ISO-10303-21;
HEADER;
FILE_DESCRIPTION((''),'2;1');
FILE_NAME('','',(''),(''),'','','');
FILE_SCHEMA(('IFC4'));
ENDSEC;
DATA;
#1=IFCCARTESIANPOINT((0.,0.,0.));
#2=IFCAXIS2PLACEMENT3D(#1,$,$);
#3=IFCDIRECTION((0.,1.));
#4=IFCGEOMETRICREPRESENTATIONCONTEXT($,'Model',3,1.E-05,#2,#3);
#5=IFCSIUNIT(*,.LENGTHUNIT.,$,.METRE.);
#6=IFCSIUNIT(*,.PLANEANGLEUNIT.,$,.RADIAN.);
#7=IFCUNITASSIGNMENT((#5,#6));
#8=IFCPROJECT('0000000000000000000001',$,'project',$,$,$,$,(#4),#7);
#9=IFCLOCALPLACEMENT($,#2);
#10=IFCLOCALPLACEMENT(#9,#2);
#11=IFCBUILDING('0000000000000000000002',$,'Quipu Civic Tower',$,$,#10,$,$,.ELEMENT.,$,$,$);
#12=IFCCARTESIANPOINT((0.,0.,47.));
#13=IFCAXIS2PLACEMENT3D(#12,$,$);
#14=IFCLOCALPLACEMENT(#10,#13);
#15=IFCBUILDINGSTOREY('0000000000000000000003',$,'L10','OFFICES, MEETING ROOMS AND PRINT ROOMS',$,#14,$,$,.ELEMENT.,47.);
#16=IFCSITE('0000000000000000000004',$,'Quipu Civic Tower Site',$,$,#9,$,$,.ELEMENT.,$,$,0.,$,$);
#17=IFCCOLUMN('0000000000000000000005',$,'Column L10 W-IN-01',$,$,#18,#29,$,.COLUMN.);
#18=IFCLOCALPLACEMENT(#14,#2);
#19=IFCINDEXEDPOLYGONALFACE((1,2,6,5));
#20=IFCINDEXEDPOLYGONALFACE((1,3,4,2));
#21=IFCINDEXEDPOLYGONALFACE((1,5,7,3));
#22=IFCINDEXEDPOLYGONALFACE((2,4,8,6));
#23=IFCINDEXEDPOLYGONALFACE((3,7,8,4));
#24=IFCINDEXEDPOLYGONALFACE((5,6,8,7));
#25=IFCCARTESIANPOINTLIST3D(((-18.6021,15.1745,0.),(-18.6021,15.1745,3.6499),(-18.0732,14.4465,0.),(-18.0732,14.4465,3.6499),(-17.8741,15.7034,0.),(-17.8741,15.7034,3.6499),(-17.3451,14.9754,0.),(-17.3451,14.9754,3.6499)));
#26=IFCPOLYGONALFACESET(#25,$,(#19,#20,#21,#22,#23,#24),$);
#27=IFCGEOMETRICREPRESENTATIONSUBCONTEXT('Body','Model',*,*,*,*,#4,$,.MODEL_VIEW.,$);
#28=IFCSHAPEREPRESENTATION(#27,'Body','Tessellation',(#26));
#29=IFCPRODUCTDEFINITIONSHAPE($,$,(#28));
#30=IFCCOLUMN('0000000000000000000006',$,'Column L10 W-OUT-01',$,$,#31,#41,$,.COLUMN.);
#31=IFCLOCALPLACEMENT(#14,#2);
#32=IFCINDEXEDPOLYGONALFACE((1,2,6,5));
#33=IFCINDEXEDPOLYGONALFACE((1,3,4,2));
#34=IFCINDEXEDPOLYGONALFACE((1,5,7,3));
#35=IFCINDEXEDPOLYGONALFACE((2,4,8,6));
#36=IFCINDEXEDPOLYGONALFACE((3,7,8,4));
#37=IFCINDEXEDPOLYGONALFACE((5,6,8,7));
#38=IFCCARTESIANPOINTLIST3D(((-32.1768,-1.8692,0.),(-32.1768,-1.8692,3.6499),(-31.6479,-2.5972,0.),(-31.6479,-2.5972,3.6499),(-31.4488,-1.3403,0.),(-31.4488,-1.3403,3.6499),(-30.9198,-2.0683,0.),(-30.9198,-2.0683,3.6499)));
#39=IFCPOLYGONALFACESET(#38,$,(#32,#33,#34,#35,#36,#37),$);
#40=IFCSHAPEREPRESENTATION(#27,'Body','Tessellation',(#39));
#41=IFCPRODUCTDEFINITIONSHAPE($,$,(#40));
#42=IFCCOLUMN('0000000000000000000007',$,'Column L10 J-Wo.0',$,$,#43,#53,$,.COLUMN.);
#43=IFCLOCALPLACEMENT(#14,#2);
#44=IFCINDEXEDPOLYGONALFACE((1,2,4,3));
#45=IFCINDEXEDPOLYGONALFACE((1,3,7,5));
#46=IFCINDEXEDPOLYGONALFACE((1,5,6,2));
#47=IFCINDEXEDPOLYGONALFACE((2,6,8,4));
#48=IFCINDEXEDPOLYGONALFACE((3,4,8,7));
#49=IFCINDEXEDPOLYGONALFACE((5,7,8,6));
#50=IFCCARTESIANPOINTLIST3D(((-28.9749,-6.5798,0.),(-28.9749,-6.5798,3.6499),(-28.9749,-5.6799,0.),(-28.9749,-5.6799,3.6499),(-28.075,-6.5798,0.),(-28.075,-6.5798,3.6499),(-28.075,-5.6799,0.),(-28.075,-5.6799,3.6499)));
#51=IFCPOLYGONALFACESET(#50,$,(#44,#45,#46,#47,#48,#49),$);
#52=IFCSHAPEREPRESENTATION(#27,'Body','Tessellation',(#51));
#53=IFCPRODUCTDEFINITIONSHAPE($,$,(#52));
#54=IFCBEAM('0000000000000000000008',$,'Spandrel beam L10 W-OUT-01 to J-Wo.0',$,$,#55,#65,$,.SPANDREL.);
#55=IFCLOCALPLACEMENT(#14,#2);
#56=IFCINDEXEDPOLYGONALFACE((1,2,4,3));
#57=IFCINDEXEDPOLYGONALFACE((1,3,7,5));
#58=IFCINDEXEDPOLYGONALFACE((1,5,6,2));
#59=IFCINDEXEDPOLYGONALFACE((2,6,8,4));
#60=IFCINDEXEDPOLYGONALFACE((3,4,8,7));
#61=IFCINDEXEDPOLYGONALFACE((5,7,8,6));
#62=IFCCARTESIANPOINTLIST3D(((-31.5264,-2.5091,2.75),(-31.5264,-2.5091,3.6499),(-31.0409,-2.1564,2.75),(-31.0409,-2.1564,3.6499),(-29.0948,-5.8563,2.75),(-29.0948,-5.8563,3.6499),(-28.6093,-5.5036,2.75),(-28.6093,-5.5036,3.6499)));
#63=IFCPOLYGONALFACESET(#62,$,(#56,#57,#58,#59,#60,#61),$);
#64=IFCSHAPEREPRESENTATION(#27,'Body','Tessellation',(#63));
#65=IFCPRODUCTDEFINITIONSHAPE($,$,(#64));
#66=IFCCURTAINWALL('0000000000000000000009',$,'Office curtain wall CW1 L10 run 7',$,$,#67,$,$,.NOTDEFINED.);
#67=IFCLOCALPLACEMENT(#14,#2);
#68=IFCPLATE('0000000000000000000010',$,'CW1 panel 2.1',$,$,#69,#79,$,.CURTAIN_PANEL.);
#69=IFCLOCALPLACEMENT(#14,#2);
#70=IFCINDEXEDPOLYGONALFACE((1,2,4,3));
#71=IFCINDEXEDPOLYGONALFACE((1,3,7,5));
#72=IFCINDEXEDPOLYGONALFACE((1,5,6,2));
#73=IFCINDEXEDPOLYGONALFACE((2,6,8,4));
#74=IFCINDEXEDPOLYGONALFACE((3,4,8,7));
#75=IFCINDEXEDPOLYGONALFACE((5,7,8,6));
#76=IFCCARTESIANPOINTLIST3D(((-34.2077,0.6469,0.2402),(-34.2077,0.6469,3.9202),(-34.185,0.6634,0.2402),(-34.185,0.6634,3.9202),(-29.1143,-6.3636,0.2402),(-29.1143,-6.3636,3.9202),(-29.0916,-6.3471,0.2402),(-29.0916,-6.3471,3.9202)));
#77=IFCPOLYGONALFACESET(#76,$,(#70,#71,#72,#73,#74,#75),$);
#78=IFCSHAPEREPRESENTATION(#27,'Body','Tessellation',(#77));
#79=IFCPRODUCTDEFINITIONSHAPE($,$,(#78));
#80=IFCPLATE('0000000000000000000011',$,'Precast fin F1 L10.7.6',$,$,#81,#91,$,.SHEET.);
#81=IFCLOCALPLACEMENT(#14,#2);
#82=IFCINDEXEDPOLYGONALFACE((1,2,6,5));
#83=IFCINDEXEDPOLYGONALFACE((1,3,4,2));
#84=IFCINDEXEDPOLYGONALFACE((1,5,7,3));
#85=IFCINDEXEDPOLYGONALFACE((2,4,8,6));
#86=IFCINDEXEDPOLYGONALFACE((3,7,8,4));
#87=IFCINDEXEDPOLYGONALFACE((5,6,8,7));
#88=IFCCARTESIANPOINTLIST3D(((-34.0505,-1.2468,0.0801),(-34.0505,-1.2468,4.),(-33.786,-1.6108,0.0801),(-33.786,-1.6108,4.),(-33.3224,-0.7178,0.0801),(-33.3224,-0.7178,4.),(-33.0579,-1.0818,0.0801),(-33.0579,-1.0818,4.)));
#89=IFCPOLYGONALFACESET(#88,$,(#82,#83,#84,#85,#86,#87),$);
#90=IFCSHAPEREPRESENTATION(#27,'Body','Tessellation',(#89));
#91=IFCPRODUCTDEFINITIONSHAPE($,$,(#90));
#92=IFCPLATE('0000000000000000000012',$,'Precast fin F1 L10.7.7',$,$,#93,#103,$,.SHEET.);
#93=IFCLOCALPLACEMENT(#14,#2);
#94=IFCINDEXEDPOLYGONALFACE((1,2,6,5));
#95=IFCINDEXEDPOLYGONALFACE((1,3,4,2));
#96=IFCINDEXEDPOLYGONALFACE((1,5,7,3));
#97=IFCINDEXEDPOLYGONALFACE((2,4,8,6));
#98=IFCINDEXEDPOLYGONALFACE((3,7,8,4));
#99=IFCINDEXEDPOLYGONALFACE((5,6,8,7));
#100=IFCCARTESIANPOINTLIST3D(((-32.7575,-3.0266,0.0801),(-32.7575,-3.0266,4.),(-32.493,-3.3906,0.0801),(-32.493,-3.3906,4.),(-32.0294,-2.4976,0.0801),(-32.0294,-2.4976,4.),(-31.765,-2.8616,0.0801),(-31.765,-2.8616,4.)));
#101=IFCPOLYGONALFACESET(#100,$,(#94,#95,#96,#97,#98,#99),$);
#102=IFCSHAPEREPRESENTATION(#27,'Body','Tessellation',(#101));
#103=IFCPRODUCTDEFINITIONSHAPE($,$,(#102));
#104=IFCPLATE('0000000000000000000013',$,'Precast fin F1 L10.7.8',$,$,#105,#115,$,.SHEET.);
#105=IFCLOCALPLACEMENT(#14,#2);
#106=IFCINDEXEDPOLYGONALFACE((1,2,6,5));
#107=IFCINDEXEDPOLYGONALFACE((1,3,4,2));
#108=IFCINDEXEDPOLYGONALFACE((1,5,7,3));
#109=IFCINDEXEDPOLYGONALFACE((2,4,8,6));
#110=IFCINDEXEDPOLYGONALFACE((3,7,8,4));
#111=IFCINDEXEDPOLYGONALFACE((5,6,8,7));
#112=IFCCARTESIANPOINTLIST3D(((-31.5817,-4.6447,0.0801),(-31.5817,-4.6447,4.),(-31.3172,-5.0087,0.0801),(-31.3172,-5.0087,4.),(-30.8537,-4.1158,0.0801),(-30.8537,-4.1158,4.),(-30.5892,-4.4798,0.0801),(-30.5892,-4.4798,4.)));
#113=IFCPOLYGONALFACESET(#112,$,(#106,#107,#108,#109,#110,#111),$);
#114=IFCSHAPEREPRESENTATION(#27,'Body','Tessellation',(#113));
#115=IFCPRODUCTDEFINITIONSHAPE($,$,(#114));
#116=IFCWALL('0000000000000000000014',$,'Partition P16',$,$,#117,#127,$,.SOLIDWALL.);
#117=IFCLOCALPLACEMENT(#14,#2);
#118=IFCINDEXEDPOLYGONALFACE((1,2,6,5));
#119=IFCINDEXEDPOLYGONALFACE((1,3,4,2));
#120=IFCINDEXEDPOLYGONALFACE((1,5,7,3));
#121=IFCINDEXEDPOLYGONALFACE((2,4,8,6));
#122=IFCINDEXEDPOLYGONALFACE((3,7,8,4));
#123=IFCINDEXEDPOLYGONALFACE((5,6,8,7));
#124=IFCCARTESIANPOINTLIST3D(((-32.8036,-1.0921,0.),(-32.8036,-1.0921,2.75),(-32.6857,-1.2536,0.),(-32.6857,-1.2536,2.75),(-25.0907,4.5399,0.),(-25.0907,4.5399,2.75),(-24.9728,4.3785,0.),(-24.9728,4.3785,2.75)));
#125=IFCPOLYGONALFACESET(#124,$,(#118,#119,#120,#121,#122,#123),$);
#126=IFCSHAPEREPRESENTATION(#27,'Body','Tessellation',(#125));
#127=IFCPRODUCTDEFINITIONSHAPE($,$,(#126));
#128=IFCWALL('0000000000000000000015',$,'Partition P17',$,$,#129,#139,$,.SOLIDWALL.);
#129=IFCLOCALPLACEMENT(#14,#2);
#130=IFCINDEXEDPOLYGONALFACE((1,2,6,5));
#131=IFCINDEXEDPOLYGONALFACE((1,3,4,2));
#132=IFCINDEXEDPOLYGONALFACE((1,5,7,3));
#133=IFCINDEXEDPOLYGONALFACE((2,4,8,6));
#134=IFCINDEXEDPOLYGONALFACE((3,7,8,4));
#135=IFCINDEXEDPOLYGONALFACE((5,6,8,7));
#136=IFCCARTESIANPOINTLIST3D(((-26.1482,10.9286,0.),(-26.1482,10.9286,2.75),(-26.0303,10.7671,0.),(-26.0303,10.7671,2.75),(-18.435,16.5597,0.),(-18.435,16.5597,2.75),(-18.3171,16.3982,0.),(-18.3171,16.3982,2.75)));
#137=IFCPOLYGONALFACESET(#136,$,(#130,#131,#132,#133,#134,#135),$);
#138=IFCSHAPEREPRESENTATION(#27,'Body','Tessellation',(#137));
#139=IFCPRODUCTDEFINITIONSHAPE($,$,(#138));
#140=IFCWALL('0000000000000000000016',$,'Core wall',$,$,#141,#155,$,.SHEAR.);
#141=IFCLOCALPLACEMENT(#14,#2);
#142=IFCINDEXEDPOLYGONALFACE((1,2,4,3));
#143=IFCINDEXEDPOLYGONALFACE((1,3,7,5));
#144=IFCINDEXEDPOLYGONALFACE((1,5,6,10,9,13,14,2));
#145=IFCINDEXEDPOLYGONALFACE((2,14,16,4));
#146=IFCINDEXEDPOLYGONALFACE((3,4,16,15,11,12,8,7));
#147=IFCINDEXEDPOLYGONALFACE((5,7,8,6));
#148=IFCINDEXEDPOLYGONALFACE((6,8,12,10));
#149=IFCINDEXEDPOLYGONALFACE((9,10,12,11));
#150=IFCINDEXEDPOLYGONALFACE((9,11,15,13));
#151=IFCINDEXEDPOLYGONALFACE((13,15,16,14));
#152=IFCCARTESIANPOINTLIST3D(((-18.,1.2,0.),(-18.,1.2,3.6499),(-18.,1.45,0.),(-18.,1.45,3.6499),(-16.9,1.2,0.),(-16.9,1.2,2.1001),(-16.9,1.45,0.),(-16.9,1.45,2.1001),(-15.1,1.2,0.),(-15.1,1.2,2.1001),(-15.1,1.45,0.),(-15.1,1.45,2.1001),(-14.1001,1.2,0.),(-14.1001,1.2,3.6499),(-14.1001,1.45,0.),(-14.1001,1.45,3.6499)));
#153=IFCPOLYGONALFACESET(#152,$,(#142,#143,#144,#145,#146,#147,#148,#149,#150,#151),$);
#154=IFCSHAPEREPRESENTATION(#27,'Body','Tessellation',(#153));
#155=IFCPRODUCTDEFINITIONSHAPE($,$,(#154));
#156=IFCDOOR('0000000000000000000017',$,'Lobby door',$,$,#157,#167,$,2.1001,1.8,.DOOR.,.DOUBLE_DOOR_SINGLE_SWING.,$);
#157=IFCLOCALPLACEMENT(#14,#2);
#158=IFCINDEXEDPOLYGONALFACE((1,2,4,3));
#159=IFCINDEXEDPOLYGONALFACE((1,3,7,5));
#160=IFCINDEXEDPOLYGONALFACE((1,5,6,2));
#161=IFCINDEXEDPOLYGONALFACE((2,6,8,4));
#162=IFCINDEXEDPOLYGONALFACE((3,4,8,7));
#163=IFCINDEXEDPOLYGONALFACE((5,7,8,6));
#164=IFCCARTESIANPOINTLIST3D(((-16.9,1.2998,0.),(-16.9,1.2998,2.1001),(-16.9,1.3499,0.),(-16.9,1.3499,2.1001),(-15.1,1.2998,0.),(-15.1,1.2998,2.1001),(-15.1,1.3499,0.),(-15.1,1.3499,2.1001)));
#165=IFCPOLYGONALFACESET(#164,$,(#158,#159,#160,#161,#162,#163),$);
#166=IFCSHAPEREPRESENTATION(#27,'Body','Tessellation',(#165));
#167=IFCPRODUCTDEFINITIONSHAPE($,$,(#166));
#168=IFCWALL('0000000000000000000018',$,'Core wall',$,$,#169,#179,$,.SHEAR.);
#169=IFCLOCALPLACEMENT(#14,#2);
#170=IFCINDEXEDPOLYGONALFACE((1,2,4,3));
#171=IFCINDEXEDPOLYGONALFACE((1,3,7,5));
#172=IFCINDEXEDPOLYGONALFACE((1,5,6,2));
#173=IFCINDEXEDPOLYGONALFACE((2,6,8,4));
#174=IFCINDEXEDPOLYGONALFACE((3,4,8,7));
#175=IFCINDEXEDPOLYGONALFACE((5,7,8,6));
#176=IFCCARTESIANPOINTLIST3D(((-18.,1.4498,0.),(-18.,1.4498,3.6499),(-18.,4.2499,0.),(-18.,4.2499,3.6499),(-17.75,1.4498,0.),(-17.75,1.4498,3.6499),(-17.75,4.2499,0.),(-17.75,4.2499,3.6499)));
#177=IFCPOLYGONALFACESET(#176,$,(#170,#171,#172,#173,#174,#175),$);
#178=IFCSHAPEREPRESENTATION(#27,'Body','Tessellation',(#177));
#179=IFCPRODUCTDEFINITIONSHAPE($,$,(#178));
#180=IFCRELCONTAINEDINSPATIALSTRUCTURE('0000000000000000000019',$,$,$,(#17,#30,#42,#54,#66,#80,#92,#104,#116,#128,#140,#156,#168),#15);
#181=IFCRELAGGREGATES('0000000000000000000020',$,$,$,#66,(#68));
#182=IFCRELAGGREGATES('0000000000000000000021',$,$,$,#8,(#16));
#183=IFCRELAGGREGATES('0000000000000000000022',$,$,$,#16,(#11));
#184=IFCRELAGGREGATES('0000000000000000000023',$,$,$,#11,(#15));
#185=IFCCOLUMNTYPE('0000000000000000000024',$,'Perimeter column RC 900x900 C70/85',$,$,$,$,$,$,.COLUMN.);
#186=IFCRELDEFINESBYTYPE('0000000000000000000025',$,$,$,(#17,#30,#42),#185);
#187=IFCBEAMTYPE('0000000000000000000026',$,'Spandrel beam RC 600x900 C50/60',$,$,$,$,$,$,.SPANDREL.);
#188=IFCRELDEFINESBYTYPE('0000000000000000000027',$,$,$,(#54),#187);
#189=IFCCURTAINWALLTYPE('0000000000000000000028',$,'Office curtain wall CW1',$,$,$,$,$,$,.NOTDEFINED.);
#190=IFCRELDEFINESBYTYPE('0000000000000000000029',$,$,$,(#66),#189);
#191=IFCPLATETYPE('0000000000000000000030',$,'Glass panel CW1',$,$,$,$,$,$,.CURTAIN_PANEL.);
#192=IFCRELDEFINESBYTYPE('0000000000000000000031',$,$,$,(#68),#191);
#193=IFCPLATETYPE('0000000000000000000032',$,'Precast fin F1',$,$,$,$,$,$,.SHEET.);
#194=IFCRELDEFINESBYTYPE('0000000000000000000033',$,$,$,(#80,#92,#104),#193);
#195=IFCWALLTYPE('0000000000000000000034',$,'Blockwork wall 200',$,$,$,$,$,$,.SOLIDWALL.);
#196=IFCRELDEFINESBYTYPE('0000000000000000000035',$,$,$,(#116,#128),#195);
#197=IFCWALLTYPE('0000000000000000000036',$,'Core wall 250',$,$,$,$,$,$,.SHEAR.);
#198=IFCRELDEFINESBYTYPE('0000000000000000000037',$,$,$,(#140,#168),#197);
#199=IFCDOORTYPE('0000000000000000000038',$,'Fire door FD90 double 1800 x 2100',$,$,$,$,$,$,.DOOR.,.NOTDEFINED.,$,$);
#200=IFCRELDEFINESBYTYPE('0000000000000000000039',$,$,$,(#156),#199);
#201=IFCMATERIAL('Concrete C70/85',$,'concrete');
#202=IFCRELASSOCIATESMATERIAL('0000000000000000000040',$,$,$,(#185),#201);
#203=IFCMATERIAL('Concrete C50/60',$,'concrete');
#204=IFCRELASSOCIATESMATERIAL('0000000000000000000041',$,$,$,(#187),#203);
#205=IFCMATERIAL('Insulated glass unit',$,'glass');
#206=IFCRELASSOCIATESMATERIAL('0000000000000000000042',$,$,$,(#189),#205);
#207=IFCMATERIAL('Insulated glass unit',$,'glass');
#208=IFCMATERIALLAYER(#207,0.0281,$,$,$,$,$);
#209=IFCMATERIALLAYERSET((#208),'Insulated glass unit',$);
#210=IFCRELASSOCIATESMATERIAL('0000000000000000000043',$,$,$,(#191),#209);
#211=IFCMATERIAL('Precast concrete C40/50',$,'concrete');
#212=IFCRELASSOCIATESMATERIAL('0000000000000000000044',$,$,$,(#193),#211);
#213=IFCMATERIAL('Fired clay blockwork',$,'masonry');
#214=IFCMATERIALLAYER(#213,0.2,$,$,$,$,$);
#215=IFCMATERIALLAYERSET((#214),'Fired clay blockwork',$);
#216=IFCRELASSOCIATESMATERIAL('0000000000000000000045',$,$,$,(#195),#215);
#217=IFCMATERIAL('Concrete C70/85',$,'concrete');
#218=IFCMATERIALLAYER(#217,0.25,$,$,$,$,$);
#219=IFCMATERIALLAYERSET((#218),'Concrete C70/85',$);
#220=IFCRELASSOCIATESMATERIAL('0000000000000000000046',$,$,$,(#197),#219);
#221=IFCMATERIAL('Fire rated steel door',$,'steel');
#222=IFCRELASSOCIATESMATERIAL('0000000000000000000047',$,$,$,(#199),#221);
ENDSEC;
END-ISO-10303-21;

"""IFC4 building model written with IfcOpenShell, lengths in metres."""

from ifc_helpers import new_model, si_unit, direction, frame, frame_2d, origin, origin_2d, place, context, subcontext, project, spatial, rectangle, extrude, material, layer, layer_set, material_profile, profile_set, type_object, element, fill, aggregate, save


model = new_model("IFC4")

# Units and contexts
model_context = context("Model", 3, precision=1e-05, world=origin(), true_north=direction((0.0, 1.0)))
body_context = subcontext(model_context, "Body", "Model", "MODEL_VIEW")
ifc_project = project(units=[si_unit("LENGTHUNIT", "METRE"), si_unit("PLANEANGLEUNIT", "RADIAN")], contexts=[model_context])

# Site, building, storey
site_placement = place(None, origin())
site = spatial("IfcSite", under=ifc_project, at=site_placement, Name="Quipu Civic Tower Site", CompositionType="ELEMENT", RefElevation=0.0)
building_placement = place(site_placement, origin())
building = spatial("IfcBuilding", under=site, at=building_placement, Name="Quipu Civic Tower", CompositionType="ELEMENT")
storey_placement = place(building_placement, frame((0.0, 0.0, 47.0)))
storey = spatial("IfcBuildingStorey", under=building, at=storey_placement, Name="L10", Description="OFFICES, MEETING ROOMS AND PRINT ROOMS", CompositionType="ELEMENT", Elevation=47.0)

# Columns
ifc_material_1 = material(Name="Concrete C70/85", Category="concrete")
ifc_material_profile_1 = material_profile(ifc_material_1, rectangle(XDim=0.8999, YDim=0.8999, at=origin_2d()), Name="RC900x900")
ifc_profile_set_1 = profile_set([ifc_material_profile_1], Name="Concrete C70/85")
column_type = type_object("IfcColumnType", Name="Perimeter column RC 900x900 C70/85", PredefinedType="COLUMN", material=ifc_profile_set_1)
for number, where, z_axis, x_axis, name in (
    (1, (-17.9736, 15.075, 0.0), (0.0, 0.0, 1.0), (-0.587785, 0.809017, 0.0), "Column L10 W-IN-01"),
    (2, (-31.5483, -1.9688, 0.0), (0.0, 0.0, 1.0), (0.587785, -0.809017, 0.0), "Column L10 W-OUT-01"),
    (3, (-28.5249, -6.1299, 0.0), (0.0, 0.0, 1.0), (1.0, 0.0, 0.0), "Column L10 J-Wo.0"),
):
    element("IfcColumn", number, at=place(storey_placement, frame(where, z_axis=z_axis, x_axis=x_axis)), inside=storey, type_object=column_type, Name=name, PredefinedType="COLUMN", context=body_context, shape_type="SweptSolid", body=[
        extrude(rectangle(XDim=0.8999, YDim=0.8999, at=origin_2d()), origin(), (0.0, 0.0, 1.0), 3.6499),
    ])

# Beam
ifc_material_2 = material(Name="Concrete C50/60", Category="concrete")
ifc_material_profile_2 = material_profile(ifc_material_2, rectangle(XDim=0.6001, YDim=0.8999, at=origin_2d()), Name="RC600x900")
ifc_profile_set_2 = profile_set([ifc_material_profile_2], Name="Concrete C50/60")
beam_type = type_object("IfcBeamType", Name="Spandrel beam RC 600x900 C50/60", PredefinedType="SPANDREL", material=ifc_profile_set_2)
beam_placement = place(storey_placement, frame((-31.2837, -2.3328, 3.2), z_axis=(0.587751, -0.809042, 0.0), x_axis=(0.809042, 0.587751, 0.0)))
element("IfcBeam", 4, at=beam_placement, inside=storey, type_object=beam_type, Name="Spandrel beam L10 W-OUT-01 to J-Wo.0", PredefinedType="SPANDREL", context=body_context, shape_type="SweptSolid", body=[
    extrude(rectangle(XDim=0.6001, YDim=0.8999, at=origin_2d()), origin(), (0.0, 0.0, 1.0), 4.1372),
])

# Curtain wall, plate
ifc_material_3 = material(Name="Insulated glass unit", Category="glass")
curtain_wall_type = type_object("IfcCurtainWallType", Name="Office curtain wall CW1", PredefinedType="NOTDEFINED", material=ifc_material_3)
curtain_wall_placement = place(storey_placement, origin())
curtain_wall = element("IfcCurtainWall", 5, at=curtain_wall_placement, inside=storey, type_object=curtain_wall_type, Name="Office curtain wall CW1 L10 run 7", PredefinedType="NOTDEFINED")
ifc_material_4 = material(Name="Insulated glass unit", Category="glass")
ifc_layer_1 = layer(ifc_material_4, 0.0281)
ifc_layer_set_1 = layer_set([ifc_layer_1], Name="Insulated glass unit")
plate_type_1 = type_object("IfcPlateType", Name="Glass panel CW1", PredefinedType="CURTAIN_PANEL", material=ifc_layer_set_1)
plate_placement = place(storey_placement, frame((-31.6497, -2.8501, 0.2402), z_axis=(0.0, 0.0, 1.0), x_axis=(0.587785, -0.809018, 0.0)))
plate = element("IfcPlate", 6, at=plate_placement, type_object=plate_type_1, Name="CW1 panel 2.1", PredefinedType="CURTAIN_PANEL", context=body_context, shape_type="SweptSolid", body=[
    extrude(rectangle(XDim=8.6655, YDim=0.0281, at=origin_2d()), origin(), (0.0, 0.0, 1.0), 3.6799),
])
aggregate(curtain_wall, [plate])

# Plates
ifc_material_5 = material(Name="Precast concrete C40/50", Category="concrete")
plate_type_2 = type_object("IfcPlateType", Name="Precast fin F1", PredefinedType="SHEET", material=ifc_material_5)
for number, where, z_axis, x_axis, name in (
    (7, (-33.5542, -1.1643, 0.0801), (0.0, 0.0, 1.0), (0.587785, -0.809017, 0.0), "Precast fin F1 L10.7.6"),
    (8, (-32.2612, -2.9441, 0.0801), (0.0, 0.0, 1.0), (0.587785, -0.809017, 0.0), "Precast fin F1 L10.7.7"),
    (9, (-31.0854, -4.5623, 0.0801), (0.0, 0.0, 1.0), (0.587785, -0.809017, 0.0), "Precast fin F1 L10.7.8"),
):
    element("IfcPlate", number, at=place(storey_placement, frame(where, z_axis=z_axis, x_axis=x_axis)), inside=storey, type_object=plate_type_2, Name=name, PredefinedType="SHEET", context=body_context, shape_type="SweptSolid", body=[
        extrude(rectangle(XDim=0.45, YDim=0.8999, at=origin_2d()), origin(), (0.0, 0.0, 1.0), 3.9199),
    ])

# Walls
ifc_material_6 = material(Name="Fired clay blockwork", Category="masonry")
ifc_layer_2 = layer(ifc_material_6, 0.2)
ifc_layer_set_2 = layer_set([ifc_layer_2], Name="Fired clay blockwork")
wall_type_1 = type_object("IfcWallType", Name="Blockwork wall 200", PredefinedType="SOLIDWALL", material=ifc_layer_set_2)
wall_1_placement = place(storey_placement, frame((-32.7446, -1.1729, 0.0), z_axis=(0.0, 0.0, 1.0), x_axis=(0.807604, 0.589726, 0.0)))
element("IfcWall", 10, at=wall_1_placement, inside=storey, type_object=wall_type_1, Name="Partition P16", PredefinedType="SOLIDWALL", context=body_context, shape_type="SweptSolid", body=[
    extrude(rectangle(XDim=9.5503, YDim=0.2, at=frame_2d((4.7751, 0.0))), origin(), (0.0, 0.0, 1.0), 2.75),
])
wall_2_placement = place(storey_placement, frame((-26.0891, 10.8479, 0.0), z_axis=(0.0, 0.0, 1.0), x_axis=(0.807661, 0.589647, 0.0)))
element("IfcWall", 11, at=wall_2_placement, inside=storey, type_object=wall_type_1, Name="Partition P17", PredefinedType="SOLIDWALL", context=body_context, shape_type="SweptSolid", body=[
    extrude(rectangle(XDim=9.55, YDim=0.2, at=frame_2d((4.7749, 0.0))), origin(), (0.0, 0.0, 1.0), 2.75),
])

# Wall, opening, door
ifc_material_7 = material(Name="Concrete C70/85", Category="concrete")
ifc_layer_3 = layer(ifc_material_7, 0.25)
ifc_layer_set_3 = layer_set([ifc_layer_3], Name="Concrete C70/85")
wall_type_2 = type_object("IfcWallType", Name="Core wall 250", PredefinedType="SHEAR", material=ifc_layer_set_3)
wall_3_placement = place(storey_placement, frame((-18.0, 1.325, 0.0), z_axis=(0.0, 0.0, 1.0), x_axis=(1.0, 0.0, 0.0)))
wall_3 = element("IfcWall", 12, at=wall_3_placement, inside=storey, type_object=wall_type_2, Name="Core wall", PredefinedType="SHEAR", context=body_context, shape_type="SweptSolid", body=[
    extrude(rectangle(XDim=3.8999, YDim=0.25, at=frame_2d((1.95, 0.0))), origin(), (0.0, 0.0, 1.0), 3.6499),
])
opening_1_placement = place(wall_3_placement, frame((1.1001, 0.0, 0.0)))
opening_1 = element("IfcOpeningElement", 13, at=opening_1_placement, cuts=wall_3, PredefinedType="OPENING", context=body_context, shape_type="SweptSolid", body=[
    extrude(rectangle(XDim=1.8, YDim=2.1001, at=frame_2d((0.8999, 1.05))), frame((0.0, 0.135, 0.0), z_axis=(0.0, -1.0, 0.0), x_axis=(1.0, 0.0, 0.0)), (0.0, 0.0, 1.0), 0.27),
])
ifc_material_8 = material(Name="Fire rated steel door", Category="steel")
door_type_1 = type_object("IfcDoorType", Name="Fire door FD90 double 1800 x 2100", OperationType="NOTDEFINED", PredefinedType="DOOR", material=ifc_material_8)
door_1_placement = place(opening_1_placement, origin())
door_1 = element("IfcDoor", 14, at=door_1_placement, inside=storey, type_object=door_type_1, Name="Lobby door", OperationType="DOUBLE_DOOR_SINGLE_SWING", OverallHeight=2.1001, OverallWidth=1.8, PredefinedType="DOOR", context=body_context, shape_type="SweptSolid", body=[
    extrude(rectangle(XDim=1.8, YDim=2.1001, at=frame_2d((0.8999, 1.05))), frame((0.0, 0.0249, 0.0), z_axis=(0.0, -1.0, 0.0), x_axis=(1.0, 0.0, 0.0)), (0.0, 0.0, 1.0), 0.05),
])
fill(opening_1, door_1)

# Wall
wall_4_placement = place(storey_placement, frame((-17.875, 1.45, 0.0), z_axis=(0.0, 0.0, 1.0), x_axis=(0.0, 1.0, 0.0)))
element("IfcWall", 15, at=wall_4_placement, inside=storey, type_object=wall_type_2, Name="Core wall", PredefinedType="SHEAR", context=body_context, shape_type="SweptSolid", body=[
    extrude(rectangle(XDim=2.8, YDim=0.25, at=frame_2d((1.3999, 0.0))), origin(), (0.0, 0.0, 1.0), 3.6499),
])

save(model, "model.ifc")
